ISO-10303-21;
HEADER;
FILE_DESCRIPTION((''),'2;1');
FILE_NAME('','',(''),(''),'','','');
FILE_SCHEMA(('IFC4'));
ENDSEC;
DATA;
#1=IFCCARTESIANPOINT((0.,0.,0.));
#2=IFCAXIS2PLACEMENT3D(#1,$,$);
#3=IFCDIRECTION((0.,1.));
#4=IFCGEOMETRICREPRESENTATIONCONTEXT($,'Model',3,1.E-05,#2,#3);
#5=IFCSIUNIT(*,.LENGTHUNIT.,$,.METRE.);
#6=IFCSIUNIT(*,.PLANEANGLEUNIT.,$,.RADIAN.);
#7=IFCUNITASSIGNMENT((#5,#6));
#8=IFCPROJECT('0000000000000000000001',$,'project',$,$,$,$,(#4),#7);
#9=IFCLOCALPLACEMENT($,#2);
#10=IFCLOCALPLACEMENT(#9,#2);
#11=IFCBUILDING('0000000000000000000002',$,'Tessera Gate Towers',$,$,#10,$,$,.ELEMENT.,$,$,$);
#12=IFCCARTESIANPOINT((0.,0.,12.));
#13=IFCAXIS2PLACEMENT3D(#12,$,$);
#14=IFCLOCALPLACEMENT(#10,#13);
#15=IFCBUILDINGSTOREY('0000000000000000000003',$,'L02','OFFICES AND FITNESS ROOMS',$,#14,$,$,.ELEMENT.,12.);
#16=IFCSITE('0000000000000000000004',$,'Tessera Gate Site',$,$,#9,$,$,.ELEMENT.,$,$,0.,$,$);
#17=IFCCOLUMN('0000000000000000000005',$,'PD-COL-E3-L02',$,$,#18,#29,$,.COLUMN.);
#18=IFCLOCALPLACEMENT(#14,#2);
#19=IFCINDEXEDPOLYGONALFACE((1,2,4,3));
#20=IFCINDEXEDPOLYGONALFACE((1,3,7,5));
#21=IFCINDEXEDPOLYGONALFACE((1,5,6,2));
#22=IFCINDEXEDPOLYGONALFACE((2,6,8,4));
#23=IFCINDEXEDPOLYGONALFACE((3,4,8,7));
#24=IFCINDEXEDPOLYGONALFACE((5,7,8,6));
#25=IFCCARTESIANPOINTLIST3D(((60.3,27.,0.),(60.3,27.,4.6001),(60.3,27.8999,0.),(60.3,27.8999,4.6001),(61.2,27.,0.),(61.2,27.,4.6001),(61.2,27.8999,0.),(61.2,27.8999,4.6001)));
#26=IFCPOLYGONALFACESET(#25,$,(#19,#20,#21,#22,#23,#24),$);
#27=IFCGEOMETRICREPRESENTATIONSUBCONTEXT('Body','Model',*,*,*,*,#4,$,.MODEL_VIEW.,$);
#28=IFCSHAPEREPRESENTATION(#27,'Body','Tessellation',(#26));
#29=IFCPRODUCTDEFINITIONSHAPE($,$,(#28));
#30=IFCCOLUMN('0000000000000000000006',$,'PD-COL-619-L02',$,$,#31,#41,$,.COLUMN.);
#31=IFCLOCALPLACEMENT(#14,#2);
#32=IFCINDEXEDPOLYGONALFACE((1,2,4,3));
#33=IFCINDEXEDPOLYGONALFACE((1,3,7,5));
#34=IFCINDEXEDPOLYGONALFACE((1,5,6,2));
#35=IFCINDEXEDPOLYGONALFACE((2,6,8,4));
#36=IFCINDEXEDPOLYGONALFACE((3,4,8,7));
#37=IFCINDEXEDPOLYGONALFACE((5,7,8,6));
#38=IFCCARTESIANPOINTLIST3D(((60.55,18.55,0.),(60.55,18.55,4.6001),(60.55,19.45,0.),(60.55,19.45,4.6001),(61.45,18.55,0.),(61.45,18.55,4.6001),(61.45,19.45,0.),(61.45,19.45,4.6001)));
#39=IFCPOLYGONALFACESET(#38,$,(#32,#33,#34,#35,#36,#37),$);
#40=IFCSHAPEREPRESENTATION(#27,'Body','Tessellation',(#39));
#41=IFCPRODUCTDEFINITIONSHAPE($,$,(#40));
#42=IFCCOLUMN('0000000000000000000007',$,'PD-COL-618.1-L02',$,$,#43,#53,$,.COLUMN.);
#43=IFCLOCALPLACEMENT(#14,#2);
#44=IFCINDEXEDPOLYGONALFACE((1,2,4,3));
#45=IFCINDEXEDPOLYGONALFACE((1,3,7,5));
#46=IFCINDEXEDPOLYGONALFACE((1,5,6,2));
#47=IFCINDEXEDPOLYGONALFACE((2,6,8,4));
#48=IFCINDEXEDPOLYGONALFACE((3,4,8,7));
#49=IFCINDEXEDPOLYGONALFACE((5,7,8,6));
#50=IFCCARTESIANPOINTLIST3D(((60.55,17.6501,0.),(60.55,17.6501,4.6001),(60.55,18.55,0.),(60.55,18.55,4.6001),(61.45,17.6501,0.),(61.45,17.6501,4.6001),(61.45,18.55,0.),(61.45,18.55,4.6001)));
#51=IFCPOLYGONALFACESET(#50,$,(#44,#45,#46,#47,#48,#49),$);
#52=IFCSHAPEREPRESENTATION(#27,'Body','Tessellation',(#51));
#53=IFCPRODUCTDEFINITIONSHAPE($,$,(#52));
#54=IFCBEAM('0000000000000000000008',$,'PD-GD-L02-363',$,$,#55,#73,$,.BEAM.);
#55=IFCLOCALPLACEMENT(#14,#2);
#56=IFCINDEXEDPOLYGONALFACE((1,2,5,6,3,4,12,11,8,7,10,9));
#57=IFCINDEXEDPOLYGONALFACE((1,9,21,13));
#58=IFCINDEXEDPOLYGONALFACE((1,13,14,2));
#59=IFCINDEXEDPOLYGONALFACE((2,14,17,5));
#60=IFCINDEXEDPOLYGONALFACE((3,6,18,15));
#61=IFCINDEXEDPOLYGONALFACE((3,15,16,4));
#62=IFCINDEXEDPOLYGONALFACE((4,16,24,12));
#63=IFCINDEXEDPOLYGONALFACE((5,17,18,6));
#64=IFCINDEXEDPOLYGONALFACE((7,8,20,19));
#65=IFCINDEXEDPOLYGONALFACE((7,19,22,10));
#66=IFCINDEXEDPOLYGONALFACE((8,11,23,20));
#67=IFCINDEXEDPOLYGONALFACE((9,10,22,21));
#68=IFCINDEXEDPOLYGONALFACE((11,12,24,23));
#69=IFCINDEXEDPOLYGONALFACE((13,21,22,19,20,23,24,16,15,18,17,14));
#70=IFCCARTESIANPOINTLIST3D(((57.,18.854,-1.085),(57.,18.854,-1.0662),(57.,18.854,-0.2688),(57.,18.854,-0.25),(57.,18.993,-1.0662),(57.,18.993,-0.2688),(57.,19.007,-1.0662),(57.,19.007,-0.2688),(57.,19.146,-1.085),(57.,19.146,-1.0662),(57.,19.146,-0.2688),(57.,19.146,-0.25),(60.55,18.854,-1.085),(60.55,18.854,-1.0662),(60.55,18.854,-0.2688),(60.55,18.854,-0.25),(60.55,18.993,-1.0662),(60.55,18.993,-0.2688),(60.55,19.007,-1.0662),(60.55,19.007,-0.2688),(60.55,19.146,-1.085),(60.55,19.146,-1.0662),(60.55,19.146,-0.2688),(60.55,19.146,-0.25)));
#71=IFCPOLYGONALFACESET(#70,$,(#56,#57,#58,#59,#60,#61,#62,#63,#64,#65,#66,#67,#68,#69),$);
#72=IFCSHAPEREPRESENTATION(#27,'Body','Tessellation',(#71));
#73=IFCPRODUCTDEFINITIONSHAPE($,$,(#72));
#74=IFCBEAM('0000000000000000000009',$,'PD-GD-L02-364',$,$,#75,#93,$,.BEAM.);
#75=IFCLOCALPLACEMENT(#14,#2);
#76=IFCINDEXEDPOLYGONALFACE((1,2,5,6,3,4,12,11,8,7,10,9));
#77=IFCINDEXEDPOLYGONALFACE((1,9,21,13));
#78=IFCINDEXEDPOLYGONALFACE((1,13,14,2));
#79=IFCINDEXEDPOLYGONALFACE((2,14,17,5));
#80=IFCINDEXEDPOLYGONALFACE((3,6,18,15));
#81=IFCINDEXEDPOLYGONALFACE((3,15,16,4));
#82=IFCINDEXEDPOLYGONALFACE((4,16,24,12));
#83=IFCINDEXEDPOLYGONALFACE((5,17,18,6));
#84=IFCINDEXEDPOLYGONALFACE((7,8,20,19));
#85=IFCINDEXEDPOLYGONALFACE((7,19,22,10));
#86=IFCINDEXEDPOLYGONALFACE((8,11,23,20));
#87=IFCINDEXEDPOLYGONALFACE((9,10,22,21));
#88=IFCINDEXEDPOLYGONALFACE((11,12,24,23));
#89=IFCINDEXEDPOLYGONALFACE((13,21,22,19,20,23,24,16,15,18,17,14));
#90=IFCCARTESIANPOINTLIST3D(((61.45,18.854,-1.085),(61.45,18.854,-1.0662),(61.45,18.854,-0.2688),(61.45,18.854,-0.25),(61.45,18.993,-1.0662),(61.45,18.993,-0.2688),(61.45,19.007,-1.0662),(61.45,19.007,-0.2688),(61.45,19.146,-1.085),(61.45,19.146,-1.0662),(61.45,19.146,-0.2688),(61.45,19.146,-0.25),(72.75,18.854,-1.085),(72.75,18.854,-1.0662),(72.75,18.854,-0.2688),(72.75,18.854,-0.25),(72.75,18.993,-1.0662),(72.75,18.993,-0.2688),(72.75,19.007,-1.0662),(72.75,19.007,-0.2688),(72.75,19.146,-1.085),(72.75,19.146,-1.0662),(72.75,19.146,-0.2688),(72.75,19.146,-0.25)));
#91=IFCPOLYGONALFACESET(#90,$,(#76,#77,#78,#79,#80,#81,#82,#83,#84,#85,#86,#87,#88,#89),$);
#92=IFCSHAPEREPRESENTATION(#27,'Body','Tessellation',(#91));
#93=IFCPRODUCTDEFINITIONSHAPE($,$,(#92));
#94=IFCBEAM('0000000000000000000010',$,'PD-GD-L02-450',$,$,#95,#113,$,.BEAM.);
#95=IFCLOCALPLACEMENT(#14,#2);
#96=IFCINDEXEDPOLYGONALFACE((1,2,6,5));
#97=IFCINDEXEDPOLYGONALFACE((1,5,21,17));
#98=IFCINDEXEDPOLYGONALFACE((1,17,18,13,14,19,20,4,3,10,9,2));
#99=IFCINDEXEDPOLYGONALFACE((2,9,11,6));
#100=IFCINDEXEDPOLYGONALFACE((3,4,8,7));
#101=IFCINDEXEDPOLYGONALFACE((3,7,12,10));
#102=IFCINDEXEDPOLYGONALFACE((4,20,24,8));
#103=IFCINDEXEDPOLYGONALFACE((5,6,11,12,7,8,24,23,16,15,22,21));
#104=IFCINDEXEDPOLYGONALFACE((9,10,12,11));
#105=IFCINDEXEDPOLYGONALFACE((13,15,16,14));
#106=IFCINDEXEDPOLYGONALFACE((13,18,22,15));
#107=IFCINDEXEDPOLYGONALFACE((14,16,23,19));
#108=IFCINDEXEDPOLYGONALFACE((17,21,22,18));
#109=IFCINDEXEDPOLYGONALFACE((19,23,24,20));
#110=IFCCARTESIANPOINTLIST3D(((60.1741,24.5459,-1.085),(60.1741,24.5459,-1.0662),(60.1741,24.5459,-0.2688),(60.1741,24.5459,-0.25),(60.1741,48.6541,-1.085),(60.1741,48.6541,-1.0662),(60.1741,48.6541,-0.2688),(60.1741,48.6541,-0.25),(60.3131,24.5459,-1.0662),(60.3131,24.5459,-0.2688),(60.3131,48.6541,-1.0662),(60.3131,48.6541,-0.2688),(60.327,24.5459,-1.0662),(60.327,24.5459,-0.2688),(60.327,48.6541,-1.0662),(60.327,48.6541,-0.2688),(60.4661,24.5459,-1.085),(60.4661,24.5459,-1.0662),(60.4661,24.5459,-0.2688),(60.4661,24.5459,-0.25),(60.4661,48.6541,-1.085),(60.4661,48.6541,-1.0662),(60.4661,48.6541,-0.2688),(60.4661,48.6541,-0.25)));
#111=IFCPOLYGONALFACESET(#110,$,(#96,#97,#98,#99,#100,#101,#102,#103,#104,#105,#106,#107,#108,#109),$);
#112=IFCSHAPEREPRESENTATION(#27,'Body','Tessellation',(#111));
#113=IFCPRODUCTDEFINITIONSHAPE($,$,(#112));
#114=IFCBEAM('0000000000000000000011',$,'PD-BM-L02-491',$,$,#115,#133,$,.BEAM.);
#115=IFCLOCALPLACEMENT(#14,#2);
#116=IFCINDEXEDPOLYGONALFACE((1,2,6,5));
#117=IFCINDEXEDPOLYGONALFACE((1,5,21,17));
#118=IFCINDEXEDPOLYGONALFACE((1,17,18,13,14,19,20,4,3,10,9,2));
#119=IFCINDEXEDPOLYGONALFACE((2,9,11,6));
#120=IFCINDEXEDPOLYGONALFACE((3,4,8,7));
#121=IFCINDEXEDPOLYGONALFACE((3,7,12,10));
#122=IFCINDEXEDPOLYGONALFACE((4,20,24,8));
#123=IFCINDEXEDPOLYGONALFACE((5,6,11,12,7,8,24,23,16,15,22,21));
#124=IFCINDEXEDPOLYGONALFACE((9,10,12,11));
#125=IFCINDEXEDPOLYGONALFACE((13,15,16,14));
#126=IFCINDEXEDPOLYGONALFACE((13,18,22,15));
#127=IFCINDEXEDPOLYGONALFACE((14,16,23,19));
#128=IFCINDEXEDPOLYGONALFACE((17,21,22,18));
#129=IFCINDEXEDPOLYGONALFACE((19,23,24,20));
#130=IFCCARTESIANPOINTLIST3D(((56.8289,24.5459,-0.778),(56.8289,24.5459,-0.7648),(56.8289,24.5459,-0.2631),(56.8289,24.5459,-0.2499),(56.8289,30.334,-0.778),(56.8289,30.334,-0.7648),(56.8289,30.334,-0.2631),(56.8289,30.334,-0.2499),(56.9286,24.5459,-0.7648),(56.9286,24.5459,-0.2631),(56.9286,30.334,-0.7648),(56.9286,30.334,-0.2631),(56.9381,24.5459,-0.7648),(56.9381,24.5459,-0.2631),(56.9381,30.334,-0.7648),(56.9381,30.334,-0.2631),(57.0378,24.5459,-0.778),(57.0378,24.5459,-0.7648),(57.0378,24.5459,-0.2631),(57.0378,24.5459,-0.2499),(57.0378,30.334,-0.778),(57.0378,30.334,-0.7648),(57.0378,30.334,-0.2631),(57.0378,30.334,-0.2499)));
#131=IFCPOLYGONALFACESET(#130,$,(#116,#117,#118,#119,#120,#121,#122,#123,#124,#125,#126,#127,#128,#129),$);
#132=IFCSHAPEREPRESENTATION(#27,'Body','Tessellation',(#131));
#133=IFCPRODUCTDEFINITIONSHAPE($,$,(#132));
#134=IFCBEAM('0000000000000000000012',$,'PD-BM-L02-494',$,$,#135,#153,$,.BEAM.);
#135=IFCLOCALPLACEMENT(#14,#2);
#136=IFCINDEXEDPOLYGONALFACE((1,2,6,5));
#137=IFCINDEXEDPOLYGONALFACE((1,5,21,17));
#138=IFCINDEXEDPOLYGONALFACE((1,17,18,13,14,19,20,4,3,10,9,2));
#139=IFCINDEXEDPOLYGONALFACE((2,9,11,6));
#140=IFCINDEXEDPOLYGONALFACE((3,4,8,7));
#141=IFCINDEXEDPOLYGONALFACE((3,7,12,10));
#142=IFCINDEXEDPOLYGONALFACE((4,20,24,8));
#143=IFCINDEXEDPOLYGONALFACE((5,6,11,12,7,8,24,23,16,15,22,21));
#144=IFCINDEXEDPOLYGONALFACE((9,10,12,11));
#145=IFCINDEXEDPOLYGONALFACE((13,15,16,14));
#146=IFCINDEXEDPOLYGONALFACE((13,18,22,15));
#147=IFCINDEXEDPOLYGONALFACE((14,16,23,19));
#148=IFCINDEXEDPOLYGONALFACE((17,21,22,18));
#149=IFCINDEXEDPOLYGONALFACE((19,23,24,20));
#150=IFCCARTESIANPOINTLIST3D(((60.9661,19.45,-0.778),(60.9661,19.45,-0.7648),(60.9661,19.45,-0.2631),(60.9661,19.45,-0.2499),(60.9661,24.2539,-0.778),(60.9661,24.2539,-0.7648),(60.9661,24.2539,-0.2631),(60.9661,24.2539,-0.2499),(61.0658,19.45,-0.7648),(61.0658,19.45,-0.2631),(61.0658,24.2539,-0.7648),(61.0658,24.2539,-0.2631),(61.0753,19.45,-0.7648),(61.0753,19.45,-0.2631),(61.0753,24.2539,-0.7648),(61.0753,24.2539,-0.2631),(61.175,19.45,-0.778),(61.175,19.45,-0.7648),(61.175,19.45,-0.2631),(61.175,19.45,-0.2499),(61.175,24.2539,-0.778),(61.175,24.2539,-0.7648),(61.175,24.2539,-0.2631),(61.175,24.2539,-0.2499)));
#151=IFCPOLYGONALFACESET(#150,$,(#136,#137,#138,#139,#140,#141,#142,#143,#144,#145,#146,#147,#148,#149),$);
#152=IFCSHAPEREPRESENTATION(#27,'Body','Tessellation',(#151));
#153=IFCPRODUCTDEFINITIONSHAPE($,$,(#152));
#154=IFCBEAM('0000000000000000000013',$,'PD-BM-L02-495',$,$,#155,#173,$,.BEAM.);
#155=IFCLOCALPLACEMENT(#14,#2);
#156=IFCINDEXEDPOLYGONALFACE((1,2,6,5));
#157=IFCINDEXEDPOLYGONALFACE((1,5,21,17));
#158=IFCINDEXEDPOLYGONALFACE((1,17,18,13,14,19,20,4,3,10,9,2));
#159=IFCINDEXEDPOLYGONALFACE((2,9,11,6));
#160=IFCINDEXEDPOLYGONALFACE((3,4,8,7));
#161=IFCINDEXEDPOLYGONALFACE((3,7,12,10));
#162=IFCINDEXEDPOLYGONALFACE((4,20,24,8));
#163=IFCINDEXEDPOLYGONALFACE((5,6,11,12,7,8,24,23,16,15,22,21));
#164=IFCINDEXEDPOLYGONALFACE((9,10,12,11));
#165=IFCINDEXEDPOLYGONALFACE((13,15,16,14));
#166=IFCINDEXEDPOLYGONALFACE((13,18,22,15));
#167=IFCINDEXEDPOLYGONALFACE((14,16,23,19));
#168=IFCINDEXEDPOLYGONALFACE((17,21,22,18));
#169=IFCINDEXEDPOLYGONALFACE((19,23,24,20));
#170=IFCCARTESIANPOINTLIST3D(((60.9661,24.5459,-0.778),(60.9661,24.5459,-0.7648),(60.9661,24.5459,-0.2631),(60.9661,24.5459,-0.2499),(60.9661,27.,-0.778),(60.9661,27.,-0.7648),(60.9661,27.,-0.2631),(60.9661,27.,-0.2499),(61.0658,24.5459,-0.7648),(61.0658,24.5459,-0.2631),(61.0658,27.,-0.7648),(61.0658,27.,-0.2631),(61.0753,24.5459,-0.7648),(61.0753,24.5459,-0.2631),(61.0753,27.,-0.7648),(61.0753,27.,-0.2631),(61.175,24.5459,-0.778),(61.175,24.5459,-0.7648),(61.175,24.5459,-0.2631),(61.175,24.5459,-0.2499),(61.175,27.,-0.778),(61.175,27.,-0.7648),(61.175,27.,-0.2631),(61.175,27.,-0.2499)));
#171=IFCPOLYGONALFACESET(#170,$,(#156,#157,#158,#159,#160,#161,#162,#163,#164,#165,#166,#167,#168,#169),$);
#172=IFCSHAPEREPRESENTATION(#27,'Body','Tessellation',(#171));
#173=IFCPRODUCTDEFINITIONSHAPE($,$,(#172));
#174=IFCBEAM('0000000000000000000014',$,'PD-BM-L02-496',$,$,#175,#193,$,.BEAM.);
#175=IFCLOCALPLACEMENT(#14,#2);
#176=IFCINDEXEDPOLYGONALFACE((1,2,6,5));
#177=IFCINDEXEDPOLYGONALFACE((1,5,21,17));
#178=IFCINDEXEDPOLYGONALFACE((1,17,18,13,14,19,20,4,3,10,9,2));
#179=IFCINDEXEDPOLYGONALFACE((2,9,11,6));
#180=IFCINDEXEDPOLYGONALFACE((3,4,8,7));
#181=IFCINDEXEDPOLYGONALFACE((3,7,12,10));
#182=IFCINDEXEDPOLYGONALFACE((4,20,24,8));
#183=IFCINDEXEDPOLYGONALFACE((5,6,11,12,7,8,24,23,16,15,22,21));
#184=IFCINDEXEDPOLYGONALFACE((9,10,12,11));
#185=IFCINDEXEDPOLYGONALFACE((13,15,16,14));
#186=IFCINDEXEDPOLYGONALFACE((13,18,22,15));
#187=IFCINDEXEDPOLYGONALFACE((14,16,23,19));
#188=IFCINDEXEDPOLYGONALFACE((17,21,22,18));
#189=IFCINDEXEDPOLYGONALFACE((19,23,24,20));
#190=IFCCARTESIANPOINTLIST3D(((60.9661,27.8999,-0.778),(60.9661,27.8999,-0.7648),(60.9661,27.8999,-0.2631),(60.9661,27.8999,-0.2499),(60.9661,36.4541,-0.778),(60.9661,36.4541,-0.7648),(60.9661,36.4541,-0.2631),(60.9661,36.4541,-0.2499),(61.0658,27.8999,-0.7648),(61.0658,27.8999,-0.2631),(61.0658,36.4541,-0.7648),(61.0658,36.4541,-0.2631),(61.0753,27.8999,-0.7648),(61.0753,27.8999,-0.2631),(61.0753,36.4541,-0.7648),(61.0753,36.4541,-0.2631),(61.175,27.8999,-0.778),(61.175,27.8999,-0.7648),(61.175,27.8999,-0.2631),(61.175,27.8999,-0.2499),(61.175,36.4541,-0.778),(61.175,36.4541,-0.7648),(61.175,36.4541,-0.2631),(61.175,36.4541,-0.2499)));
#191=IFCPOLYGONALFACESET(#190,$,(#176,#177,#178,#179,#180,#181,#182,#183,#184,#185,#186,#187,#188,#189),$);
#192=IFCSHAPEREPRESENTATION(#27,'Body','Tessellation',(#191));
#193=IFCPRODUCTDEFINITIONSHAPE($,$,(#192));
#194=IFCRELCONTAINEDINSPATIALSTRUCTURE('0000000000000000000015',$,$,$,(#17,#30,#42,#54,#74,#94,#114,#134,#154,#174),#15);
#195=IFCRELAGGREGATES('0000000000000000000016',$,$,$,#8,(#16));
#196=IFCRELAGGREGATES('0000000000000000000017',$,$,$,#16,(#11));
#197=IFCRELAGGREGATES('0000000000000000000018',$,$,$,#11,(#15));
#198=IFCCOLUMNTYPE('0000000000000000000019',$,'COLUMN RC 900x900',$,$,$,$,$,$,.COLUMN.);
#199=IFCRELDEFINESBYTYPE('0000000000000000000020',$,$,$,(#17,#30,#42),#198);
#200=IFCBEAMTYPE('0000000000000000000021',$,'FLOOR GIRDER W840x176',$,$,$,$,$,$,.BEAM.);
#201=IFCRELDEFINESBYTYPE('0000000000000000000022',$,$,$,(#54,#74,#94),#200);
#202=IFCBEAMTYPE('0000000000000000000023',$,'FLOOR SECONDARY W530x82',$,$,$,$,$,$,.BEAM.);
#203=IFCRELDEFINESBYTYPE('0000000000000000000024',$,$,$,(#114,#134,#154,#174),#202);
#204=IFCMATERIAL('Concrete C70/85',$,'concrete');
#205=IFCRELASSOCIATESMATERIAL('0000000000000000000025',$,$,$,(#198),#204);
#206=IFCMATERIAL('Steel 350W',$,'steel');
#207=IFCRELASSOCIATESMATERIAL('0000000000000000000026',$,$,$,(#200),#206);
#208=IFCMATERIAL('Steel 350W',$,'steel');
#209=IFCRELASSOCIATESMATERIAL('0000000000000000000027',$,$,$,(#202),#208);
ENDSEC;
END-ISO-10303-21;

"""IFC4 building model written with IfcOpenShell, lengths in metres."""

from ifc_helpers import new_model, si_unit, direction, frame, origin, origin_2d, place, context, subcontext, project, spatial, rectangle, i_section, extrude, material, material_profile, profile_set, type_object, element, save


model = new_model("IFC4")

# Units and contexts
model_context = context("Model", 3, precision=1e-05, world=origin(), true_north=direction((0.0, 1.0)))
body_context = subcontext(model_context, "Body", "Model", "MODEL_VIEW")
ifc_project = project(units=[si_unit("LENGTHUNIT", "METRE"), si_unit("PLANEANGLEUNIT", "RADIAN")], contexts=[model_context])

# Site, building, storey
site_placement = place(None, origin())
site = spatial("IfcSite", under=ifc_project, at=site_placement, Name="Tessera Gate Site", CompositionType="ELEMENT", RefElevation=0.0)
building_placement = place(site_placement, origin())
building = spatial("IfcBuilding", under=site, at=building_placement, Name="Tessera Gate Towers", CompositionType="ELEMENT")
storey_placement = place(building_placement, frame((0.0, 0.0, 12.0)))
storey = spatial("IfcBuildingStorey", under=building, at=storey_placement, Name="L02", Description="OFFICES AND FITNESS ROOMS", CompositionType="ELEMENT", Elevation=12.0)

# Columns
ifc_material_1 = material(Name="Concrete C70/85", Category="concrete")
ifc_material_profile_1 = material_profile(ifc_material_1, rectangle(XDim=0.8999, YDim=0.8999, at=origin_2d()), Name="RC 900x900")
ifc_profile_set_1 = profile_set([ifc_material_profile_1], Name="Concrete C70/85")
column_type = type_object("IfcColumnType", Name="COLUMN RC 900x900", PredefinedType="COLUMN", material=ifc_profile_set_1)
for number, where, z_axis, x_axis, name in (
    (1, (60.75, 27.45, 0.0), (0.0, 0.0, 1.0), (1.0, 0.0, 0.0), "PD-COL-E3-L02"),
    (2, (61.0, 19.0, 0.0), (0.0, 0.0, 1.0), (1.0, 0.0, 0.0), "PD-COL-619-L02"),
    (3, (61.0, 18.1001, 0.0), (0.0, 0.0, 1.0), (1.0, 0.0, 0.0), "PD-COL-618.1-L02"),
):
    element("IfcColumn", number, at=place(storey_placement, frame(where, z_axis=z_axis, x_axis=x_axis)), inside=storey, type_object=column_type, Name=name, PredefinedType="COLUMN", context=body_context, shape_type="SweptSolid", body=[
        extrude(rectangle(XDim=0.8999, YDim=0.8999, at=origin_2d()), origin(), (0.0, 0.0, 1.0), 4.6001),
    ])

# Beams
ifc_material_2 = material(Name="Steel 350W", Category="steel")
ifc_material_profile_2 = material_profile(ifc_material_2, i_section(OverallWidth=0.292, OverallDepth=0.835, WebThickness=0.0139, FlangeThickness=0.0188, at=origin_2d()), Name="W840x176")
ifc_profile_set_2 = profile_set([ifc_material_profile_2], Name="Steel 350W")
beam_type_1 = type_object("IfcBeamType", Name="FLOOR GIRDER W840x176", PredefinedType="BEAM", material=ifc_profile_set_2)
beam_1_placement = place(storey_placement, frame((57.0, 19.0, -0.6675), z_axis=(1.0, 0.0, 0.0), x_axis=(0.0, 1.0, 0.0)))
element("IfcBeam", 4, at=beam_1_placement, inside=storey, type_object=beam_type_1, Name="PD-GD-L02-363", PredefinedType="BEAM", context=body_context, shape_type="SweptSolid", body=[
    extrude(i_section(OverallWidth=0.292, OverallDepth=0.835, WebThickness=0.0139, FlangeThickness=0.0188, at=origin_2d()), origin(), (0.0, 0.0, 1.0), 3.55),
])
beam_2_placement = place(storey_placement, frame((61.45, 19.0, -0.6675), z_axis=(1.0, 0.0, 0.0), x_axis=(0.0, 1.0, 0.0)))
element("IfcBeam", 5, at=beam_2_placement, inside=storey, type_object=beam_type_1, Name="PD-GD-L02-364", PredefinedType="BEAM", context=body_context, shape_type="SweptSolid", body=[
    extrude(i_section(OverallWidth=0.292, OverallDepth=0.835, WebThickness=0.0139, FlangeThickness=0.0188, at=origin_2d()), origin(), (0.0, 0.0, 1.0), 11.3),
])
beam_3_placement = place(storey_placement, frame((60.3201, 24.5459, -0.6675), z_axis=(0.0, 1.0, 0.0), x_axis=(-1.0, 0.0, 0.0)))
element("IfcBeam", 6, at=beam_3_placement, inside=storey, type_object=beam_type_1, Name="PD-GD-L02-450", PredefinedType="BEAM", context=body_context, shape_type="SweptSolid", body=[
    extrude(i_section(OverallWidth=0.292, OverallDepth=0.835, WebThickness=0.0139, FlangeThickness=0.0188, at=origin_2d()), origin(), (0.0, 0.0, 1.0), 24.1082),
])
ifc_material_3 = material(Name="Steel 350W", Category="steel")
ifc_material_profile_3 = material_profile(ifc_material_3, i_section(OverallWidth=0.209, OverallDepth=0.5281, WebThickness=0.0095, FlangeThickness=0.0132, at=origin_2d()), Name="W530x82")
ifc_profile_set_3 = profile_set([ifc_material_profile_3], Name="Steel 350W")
beam_type_2 = type_object("IfcBeamType", Name="FLOOR SECONDARY W530x82", PredefinedType="BEAM", material=ifc_profile_set_3)
beam_4_placement = place(storey_placement, frame((56.9333, 24.5459, -0.5139), z_axis=(0.0, 1.0, 0.0), x_axis=(-1.0, 0.0, 0.0)))
element("IfcBeam", 7, at=beam_4_placement, inside=storey, type_object=beam_type_2, Name="PD-BM-L02-491", PredefinedType="BEAM", context=body_context, shape_type="SweptSolid", body=[
    extrude(i_section(OverallWidth=0.209, OverallDepth=0.5281, WebThickness=0.0095, FlangeThickness=0.0132, at=origin_2d()), origin(), (0.0, 0.0, 1.0), 5.7881),
])
beam_5_placement = place(storey_placement, frame((61.0706, 19.45, -0.5139), z_axis=(0.0, 1.0, 0.0), x_axis=(-1.0, 0.0, 0.0)))
element("IfcBeam", 8, at=beam_5_placement, inside=storey, type_object=beam_type_2, Name="PD-BM-L02-494", PredefinedType="BEAM", context=body_context, shape_type="SweptSolid", body=[
    extrude(i_section(OverallWidth=0.209, OverallDepth=0.5281, WebThickness=0.0095, FlangeThickness=0.0132, at=origin_2d()), origin(), (0.0, 0.0, 1.0), 4.804),
])
beam_6_placement = place(storey_placement, frame((61.0706, 24.5459, -0.5139), z_axis=(0.0, 1.0, 0.0), x_axis=(-1.0, 0.0, 0.0)))
element("IfcBeam", 9, at=beam_6_placement, inside=storey, type_object=beam_type_2, Name="PD-BM-L02-495", PredefinedType="BEAM", context=body_context, shape_type="SweptSolid", body=[
    extrude(i_section(OverallWidth=0.209, OverallDepth=0.5281, WebThickness=0.0095, FlangeThickness=0.0132, at=origin_2d()), origin(), (0.0, 0.0, 1.0), 2.4541),
])
beam_7_placement = place(storey_placement, frame((61.0706, 27.8999, -0.5139), z_axis=(0.0, 1.0, 0.0), x_axis=(-1.0, 0.0, 0.0)))
element("IfcBeam", 10, at=beam_7_placement, inside=storey, type_object=beam_type_2, Name="PD-BM-L02-496", PredefinedType="BEAM", context=body_context, shape_type="SweptSolid", body=[
    extrude(i_section(OverallWidth=0.209, OverallDepth=0.5281, WebThickness=0.0095, FlangeThickness=0.0132, at=origin_2d()), origin(), (0.0, 0.0, 1.0), 8.5542),
])

save(model, "model.ifc")
